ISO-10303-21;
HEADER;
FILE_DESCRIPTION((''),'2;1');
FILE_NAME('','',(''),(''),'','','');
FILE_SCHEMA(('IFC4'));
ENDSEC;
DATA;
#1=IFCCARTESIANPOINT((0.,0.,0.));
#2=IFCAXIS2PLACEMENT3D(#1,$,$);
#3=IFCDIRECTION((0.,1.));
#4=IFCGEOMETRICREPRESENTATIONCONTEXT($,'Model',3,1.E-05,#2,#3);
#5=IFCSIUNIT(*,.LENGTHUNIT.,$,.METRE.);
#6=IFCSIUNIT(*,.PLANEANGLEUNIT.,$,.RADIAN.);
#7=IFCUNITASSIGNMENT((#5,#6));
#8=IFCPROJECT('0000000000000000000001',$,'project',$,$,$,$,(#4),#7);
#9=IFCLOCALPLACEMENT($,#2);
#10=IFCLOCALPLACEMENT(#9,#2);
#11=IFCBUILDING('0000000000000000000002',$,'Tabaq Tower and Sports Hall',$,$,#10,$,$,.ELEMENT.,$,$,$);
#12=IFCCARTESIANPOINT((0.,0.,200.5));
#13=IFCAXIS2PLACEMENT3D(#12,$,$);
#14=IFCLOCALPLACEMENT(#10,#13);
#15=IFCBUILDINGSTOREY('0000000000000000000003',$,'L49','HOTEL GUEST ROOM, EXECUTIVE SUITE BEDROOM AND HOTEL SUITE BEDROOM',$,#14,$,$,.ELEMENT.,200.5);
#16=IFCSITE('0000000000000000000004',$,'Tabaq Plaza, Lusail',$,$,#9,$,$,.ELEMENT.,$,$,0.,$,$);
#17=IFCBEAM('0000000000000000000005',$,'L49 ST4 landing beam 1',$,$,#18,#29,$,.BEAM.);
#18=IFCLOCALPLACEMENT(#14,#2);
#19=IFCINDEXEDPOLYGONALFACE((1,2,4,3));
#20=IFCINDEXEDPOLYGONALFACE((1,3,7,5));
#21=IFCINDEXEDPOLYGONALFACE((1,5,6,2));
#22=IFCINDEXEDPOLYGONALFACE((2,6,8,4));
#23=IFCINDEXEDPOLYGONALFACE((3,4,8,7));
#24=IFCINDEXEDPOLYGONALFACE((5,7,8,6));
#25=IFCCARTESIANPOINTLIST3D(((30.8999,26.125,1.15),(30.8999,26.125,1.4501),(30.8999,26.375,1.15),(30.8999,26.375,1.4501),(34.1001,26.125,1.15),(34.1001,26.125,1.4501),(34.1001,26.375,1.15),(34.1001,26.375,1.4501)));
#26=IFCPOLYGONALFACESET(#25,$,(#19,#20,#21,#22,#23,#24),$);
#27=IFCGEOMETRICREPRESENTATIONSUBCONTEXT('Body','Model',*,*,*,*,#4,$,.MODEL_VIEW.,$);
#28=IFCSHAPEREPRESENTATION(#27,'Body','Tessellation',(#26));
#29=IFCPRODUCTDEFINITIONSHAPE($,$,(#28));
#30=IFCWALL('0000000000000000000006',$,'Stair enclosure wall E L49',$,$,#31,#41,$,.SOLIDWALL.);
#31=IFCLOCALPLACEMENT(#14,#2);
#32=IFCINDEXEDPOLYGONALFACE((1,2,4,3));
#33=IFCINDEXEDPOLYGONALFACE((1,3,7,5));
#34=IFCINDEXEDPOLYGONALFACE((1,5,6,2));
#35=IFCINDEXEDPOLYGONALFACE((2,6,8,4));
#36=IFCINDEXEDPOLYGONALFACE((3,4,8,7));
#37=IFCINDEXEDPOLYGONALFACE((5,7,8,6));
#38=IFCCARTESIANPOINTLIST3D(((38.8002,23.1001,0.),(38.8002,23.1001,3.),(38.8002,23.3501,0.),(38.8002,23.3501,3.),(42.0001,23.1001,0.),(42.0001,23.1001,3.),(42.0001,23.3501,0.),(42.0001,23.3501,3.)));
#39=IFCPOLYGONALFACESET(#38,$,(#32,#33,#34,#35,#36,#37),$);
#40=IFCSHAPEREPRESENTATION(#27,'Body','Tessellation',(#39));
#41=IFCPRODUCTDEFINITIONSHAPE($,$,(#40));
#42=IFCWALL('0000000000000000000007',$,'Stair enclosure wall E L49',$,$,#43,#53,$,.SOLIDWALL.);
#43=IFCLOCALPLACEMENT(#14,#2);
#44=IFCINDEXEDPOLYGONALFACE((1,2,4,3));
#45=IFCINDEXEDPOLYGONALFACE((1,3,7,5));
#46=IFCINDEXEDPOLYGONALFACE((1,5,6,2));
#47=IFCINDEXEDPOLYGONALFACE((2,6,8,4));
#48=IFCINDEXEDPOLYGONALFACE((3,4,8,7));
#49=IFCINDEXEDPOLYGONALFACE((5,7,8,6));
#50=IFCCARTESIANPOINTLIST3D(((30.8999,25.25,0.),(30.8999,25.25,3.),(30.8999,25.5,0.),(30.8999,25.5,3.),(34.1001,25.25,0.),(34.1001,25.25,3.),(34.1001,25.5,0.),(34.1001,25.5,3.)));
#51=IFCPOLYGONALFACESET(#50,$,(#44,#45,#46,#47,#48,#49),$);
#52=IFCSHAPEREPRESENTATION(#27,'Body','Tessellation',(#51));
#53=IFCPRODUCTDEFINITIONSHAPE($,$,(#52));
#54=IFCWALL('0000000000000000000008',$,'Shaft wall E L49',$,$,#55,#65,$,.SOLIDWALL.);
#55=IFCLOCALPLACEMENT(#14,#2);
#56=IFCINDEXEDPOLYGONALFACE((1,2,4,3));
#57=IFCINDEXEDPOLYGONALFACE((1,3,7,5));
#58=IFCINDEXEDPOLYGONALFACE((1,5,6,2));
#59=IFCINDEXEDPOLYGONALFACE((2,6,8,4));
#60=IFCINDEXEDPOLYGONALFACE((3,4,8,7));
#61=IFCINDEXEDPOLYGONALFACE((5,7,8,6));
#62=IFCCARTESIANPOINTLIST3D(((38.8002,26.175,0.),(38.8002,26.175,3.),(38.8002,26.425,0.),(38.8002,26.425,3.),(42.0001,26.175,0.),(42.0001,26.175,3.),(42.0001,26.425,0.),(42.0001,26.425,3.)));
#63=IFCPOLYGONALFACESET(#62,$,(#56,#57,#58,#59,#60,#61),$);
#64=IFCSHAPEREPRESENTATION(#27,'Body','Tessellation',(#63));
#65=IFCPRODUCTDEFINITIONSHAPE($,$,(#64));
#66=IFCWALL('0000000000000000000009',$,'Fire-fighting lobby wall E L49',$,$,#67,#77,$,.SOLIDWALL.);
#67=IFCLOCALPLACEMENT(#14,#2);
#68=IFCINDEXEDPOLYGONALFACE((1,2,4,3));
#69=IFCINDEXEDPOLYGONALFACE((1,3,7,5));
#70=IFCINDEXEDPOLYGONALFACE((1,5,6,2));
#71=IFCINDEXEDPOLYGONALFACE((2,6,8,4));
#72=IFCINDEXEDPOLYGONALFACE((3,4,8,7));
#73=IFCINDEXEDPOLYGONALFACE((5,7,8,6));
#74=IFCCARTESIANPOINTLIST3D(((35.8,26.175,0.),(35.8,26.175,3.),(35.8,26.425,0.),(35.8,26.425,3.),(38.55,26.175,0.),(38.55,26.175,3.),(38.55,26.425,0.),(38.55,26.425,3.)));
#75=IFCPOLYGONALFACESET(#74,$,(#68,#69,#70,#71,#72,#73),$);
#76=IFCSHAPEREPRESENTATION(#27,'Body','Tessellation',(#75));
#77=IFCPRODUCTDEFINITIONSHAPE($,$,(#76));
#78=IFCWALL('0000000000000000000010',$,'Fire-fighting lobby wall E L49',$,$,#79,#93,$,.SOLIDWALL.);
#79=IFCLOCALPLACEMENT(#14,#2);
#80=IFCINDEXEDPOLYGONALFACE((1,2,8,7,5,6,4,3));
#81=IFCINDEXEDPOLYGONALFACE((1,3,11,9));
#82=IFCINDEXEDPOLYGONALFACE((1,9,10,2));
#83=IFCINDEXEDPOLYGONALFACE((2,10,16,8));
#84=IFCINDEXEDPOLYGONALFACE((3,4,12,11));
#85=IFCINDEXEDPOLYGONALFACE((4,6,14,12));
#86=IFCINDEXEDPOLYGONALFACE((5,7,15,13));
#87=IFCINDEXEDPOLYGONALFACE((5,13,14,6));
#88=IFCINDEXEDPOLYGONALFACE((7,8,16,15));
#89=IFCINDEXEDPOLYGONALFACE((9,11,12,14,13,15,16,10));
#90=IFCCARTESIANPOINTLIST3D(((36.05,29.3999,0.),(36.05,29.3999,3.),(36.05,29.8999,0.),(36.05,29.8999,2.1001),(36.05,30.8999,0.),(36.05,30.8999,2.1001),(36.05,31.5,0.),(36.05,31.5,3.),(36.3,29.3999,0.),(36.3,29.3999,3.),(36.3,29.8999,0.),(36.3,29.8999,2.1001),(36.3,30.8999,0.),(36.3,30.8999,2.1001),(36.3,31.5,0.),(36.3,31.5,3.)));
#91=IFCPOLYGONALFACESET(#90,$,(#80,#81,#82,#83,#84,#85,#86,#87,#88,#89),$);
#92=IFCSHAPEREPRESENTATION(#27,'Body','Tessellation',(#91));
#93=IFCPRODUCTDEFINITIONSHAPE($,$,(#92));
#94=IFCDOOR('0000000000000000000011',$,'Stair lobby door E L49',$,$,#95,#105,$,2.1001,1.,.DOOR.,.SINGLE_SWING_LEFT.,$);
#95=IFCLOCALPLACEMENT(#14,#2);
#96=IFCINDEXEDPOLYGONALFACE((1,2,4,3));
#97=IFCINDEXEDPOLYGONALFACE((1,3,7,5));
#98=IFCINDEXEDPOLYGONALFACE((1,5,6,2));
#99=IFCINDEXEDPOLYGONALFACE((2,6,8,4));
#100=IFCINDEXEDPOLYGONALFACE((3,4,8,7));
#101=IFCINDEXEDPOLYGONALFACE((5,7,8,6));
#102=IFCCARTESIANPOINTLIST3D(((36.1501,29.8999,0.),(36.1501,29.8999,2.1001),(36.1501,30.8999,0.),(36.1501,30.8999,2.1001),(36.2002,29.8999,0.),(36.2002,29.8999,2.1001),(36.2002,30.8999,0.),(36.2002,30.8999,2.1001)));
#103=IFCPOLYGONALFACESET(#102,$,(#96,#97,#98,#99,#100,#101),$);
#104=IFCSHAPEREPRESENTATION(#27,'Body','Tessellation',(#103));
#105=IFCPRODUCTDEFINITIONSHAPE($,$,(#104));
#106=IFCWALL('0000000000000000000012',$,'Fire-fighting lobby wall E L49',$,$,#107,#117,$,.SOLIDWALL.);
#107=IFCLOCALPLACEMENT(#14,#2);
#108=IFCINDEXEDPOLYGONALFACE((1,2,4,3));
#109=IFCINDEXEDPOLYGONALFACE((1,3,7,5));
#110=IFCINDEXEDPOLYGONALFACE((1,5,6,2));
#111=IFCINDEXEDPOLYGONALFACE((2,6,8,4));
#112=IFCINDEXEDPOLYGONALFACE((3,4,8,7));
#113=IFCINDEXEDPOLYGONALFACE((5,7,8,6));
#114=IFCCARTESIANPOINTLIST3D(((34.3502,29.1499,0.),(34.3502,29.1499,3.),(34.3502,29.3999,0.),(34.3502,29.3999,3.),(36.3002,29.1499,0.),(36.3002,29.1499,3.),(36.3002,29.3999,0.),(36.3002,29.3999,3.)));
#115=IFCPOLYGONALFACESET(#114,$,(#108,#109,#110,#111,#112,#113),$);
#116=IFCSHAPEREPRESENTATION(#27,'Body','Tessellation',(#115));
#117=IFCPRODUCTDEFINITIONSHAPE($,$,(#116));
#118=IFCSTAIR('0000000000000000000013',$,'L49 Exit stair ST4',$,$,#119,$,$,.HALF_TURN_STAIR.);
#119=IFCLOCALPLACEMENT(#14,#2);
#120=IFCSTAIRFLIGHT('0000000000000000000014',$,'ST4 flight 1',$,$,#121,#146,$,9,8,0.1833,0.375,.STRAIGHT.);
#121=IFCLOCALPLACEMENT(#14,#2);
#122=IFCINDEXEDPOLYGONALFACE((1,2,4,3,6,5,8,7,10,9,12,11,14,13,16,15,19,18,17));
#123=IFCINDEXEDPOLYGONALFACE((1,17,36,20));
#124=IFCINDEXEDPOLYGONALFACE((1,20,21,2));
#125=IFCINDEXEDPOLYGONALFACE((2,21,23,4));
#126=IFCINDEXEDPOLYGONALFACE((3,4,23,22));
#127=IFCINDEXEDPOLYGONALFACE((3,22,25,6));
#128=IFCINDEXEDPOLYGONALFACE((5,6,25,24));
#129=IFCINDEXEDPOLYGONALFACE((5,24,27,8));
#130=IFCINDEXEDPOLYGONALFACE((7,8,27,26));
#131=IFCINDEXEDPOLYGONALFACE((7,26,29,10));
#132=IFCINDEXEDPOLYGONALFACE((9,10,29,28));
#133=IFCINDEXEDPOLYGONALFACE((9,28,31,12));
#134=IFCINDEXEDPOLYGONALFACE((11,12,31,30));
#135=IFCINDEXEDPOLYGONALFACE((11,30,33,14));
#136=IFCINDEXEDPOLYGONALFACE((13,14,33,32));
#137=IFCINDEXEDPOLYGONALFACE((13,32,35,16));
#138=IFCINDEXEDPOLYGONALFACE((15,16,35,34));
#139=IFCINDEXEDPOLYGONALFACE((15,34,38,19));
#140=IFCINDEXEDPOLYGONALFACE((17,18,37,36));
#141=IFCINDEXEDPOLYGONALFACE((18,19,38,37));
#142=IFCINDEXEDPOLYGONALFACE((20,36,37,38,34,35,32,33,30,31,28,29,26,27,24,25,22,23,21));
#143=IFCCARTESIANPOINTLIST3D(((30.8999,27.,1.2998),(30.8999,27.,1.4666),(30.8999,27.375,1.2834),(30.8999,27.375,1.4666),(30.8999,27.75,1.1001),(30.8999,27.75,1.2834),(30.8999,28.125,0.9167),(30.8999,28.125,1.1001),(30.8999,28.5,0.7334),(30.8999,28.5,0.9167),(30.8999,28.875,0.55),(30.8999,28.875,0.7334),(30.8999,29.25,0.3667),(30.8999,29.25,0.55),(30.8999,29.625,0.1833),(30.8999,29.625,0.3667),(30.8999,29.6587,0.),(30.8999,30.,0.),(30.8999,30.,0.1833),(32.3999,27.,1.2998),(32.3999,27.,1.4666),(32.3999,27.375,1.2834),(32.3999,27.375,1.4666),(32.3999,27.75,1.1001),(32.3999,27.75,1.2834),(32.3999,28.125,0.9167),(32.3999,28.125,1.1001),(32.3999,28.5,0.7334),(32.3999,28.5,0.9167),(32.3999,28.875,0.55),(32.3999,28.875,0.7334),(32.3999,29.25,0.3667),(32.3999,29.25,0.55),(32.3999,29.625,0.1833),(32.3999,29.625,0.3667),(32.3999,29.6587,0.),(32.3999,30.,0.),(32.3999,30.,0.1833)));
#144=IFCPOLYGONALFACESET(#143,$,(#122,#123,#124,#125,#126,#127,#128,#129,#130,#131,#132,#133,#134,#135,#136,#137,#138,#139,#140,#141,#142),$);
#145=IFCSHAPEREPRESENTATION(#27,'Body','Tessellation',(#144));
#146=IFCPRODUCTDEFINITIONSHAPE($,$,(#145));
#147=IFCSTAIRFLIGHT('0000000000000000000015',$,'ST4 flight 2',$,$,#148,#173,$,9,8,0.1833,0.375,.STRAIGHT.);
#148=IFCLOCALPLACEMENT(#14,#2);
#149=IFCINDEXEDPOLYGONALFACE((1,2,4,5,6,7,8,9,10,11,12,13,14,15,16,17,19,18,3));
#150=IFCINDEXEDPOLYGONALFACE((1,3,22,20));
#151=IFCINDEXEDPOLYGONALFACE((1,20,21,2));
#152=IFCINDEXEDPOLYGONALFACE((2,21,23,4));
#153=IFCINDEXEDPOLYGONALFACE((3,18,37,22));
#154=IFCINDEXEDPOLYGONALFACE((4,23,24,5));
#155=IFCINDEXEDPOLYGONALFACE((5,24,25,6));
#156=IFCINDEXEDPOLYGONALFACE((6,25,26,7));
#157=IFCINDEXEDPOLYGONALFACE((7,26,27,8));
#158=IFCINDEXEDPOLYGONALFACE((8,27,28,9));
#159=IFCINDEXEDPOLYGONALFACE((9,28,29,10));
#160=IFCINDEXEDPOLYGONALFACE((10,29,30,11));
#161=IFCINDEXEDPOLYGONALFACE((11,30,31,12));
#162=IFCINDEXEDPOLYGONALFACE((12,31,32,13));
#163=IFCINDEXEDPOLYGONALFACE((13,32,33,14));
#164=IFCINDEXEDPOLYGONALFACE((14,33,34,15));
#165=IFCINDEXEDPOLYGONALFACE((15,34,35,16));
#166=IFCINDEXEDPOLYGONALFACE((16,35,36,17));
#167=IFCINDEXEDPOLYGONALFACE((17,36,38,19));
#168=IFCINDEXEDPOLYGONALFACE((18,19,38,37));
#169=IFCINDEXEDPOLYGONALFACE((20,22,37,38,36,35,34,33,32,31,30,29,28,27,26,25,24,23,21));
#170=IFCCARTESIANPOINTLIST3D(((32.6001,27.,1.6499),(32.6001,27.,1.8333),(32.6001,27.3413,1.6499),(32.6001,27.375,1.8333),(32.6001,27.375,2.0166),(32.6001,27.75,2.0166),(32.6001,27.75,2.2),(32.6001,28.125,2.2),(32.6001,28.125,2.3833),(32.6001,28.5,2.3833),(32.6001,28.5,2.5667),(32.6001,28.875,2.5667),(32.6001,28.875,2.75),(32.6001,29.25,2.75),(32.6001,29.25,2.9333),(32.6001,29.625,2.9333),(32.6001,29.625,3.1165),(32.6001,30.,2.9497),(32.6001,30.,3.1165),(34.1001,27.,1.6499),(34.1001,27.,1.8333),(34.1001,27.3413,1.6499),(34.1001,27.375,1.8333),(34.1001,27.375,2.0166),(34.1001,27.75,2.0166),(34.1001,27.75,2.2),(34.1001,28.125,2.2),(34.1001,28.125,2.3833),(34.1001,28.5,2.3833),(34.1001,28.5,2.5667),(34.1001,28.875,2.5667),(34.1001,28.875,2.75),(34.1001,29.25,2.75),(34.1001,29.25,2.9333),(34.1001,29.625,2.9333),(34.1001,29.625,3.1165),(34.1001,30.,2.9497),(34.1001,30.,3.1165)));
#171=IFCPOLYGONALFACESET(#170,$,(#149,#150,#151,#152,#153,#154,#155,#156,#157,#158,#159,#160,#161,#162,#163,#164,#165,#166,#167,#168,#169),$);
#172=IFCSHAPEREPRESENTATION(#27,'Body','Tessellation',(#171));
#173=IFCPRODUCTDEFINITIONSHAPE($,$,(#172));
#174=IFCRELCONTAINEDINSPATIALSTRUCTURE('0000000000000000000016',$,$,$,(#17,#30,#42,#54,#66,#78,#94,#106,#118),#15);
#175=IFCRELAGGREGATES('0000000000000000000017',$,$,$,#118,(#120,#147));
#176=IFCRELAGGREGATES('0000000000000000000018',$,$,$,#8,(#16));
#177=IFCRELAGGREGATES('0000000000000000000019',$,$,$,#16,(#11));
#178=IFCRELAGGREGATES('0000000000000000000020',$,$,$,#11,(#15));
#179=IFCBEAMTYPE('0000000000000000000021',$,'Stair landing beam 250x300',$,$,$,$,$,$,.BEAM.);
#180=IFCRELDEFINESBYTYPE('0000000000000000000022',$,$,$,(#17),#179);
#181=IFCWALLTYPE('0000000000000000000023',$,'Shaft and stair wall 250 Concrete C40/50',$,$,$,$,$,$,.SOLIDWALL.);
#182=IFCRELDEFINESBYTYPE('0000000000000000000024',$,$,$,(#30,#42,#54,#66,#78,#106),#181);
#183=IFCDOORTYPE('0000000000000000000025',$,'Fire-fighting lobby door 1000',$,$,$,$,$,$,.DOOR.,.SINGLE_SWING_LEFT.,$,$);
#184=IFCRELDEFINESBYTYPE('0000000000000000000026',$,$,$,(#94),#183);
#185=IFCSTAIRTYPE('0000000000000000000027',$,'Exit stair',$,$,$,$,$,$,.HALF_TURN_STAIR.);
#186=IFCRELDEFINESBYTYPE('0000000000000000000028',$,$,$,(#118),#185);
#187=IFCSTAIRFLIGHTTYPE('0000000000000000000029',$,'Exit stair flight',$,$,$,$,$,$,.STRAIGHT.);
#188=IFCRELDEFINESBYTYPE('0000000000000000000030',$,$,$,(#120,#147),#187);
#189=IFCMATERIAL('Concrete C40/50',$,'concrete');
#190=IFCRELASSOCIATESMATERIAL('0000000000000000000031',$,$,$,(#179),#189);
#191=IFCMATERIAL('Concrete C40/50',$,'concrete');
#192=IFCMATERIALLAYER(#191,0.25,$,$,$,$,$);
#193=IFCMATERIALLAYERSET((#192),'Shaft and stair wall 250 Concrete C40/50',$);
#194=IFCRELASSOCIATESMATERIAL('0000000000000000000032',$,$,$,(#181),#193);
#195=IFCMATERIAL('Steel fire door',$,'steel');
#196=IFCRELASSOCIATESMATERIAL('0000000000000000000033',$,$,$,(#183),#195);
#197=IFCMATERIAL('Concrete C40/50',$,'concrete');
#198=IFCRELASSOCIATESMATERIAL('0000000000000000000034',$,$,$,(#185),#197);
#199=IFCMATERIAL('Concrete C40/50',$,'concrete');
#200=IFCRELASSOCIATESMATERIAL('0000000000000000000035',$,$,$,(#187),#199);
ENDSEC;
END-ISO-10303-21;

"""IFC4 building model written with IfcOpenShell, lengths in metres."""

from ifc_helpers import new_model, si_unit, direction, frame, frame_2d, origin, origin_2d, place, context, subcontext, project, spatial, polyline, rectangle, outline, extrude, material, layer, layer_set, material_profile, profile_set, type_object, element, fill, aggregate, save


model = new_model("IFC4")

# Units and contexts
model_context = context("Model", 3, precision=1e-05, world=origin(), true_north=direction((0.0, 1.0)))
body_context = subcontext(model_context, "Body", "Model", "MODEL_VIEW")
ifc_project = project(units=[si_unit("LENGTHUNIT", "METRE"), si_unit("PLANEANGLEUNIT", "RADIAN")], contexts=[model_context])

# Site, building, storey
site_placement = place(None, origin())
site = spatial("IfcSite", under=ifc_project, at=site_placement, Name="Tabaq Plaza, Lusail", CompositionType="ELEMENT", RefElevation=0.0)
building_placement = place(site_placement, origin())
building = spatial("IfcBuilding", under=site, at=building_placement, Name="Tabaq Tower and Sports Hall", CompositionType="ELEMENT")
storey_placement = place(building_placement, frame((0.0, 0.0, 200.5)))
storey = spatial("IfcBuildingStorey", under=building, at=storey_placement, Name="L49", Description="HOTEL GUEST ROOM, EXECUTIVE SUITE BEDROOM AND HOTEL SUITE BEDROOM", CompositionType="ELEMENT", Elevation=200.5)

# Beam
ifc_material_1 = material(Name="Concrete C40/50", Category="concrete")
ifc_material_profile = material_profile(ifc_material_1, rectangle(XDim=0.25, YDim=0.3, at=origin_2d()), Name="RC 250x300")
ifc_profile_set = profile_set([ifc_material_profile], Name="Concrete C40/50")
beam_type = type_object("IfcBeamType", Name="Stair landing beam 250x300", PredefinedType="BEAM", material=ifc_profile_set)
beam_placement = place(storey_placement, frame((30.8999, 26.25, 1.3), z_axis=(1.0, 0.0, 0.0), x_axis=(0.0, 1.0, 0.0)))
element("IfcBeam", 1, at=beam_placement, inside=storey, type_object=beam_type, Name="L49 ST4 landing beam 1", PredefinedType="BEAM", context=body_context, shape_type="SweptSolid", body=[
    extrude(rectangle(XDim=0.25, YDim=0.3, at=origin_2d()), origin(), (0.0, 0.0, 1.0), 3.2002),
])

# Walls
ifc_material_2 = material(Name="Concrete C40/50", Category="concrete")
ifc_layer = layer(ifc_material_2, 0.25)
ifc_layer_set = layer_set([ifc_layer], Name="Shaft and stair wall 250 Concrete C40/50")
wall_type = type_object("IfcWallType", Name="Shaft and stair wall 250 Concrete C40/50", PredefinedType="SOLIDWALL", material=ifc_layer_set)
wall_1_placement = place(storey_placement, frame((38.8, 23.2251, 0.0), z_axis=(0.0, 0.0, 1.0), x_axis=(1.0, 0.0, 0.0)))
element("IfcWall", 2, at=wall_1_placement, inside=storey, type_object=wall_type, Name="Stair enclosure wall E L49", PredefinedType="SOLIDWALL", context=body_context, shape_type="SweptSolid", body=[
    extrude(rectangle(XDim=3.2, YDim=0.25, at=frame_2d((1.6001, 0.0))), origin(), (0.0, 0.0, 1.0), 3.0),
])
wall_2_placement = place(storey_placement, frame((30.8999, 25.375, 0.0), z_axis=(0.0, 0.0, 1.0), x_axis=(1.0, 0.0, 0.0)))
element("IfcWall", 3, at=wall_2_placement, inside=storey, type_object=wall_type, Name="Stair enclosure wall E L49", PredefinedType="SOLIDWALL", context=body_context, shape_type="SweptSolid", body=[
    extrude(rectangle(XDim=3.2002, YDim=0.25, at=frame_2d((1.6001, 0.0))), origin(), (0.0, 0.0, 1.0), 3.0),
])
wall_3_placement = place(storey_placement, frame((38.8, 26.3, 0.0), z_axis=(0.0, 0.0, 1.0), x_axis=(1.0, 0.0, 0.0)))
element("IfcWall", 4, at=wall_3_placement, inside=storey, type_object=wall_type, Name="Shaft wall E L49", PredefinedType="SOLIDWALL", context=body_context, shape_type="SweptSolid", body=[
    extrude(rectangle(XDim=3.2, YDim=0.25, at=frame_2d((1.6001, 0.0))), origin(), (0.0, 0.0, 1.0), 3.0),
])
wall_4_placement = place(storey_placement, frame((35.8, 26.3, 0.0), z_axis=(0.0, 0.0, 1.0), x_axis=(1.0, 0.0, 0.0)))
element("IfcWall", 5, at=wall_4_placement, inside=storey, type_object=wall_type, Name="Fire-fighting lobby wall E L49", PredefinedType="SOLIDWALL", context=body_context, shape_type="SweptSolid", body=[
    extrude(rectangle(XDim=2.75, YDim=0.25, at=frame_2d((1.375, 0.0))), origin(), (0.0, 0.0, 1.0), 3.0),
])

# Wall, opening, door
wall_5_placement = place(storey_placement, frame((36.175, 29.3999, 0.0), z_axis=(0.0, 0.0, 1.0), x_axis=(0.0, 1.0, 0.0)))
wall_5 = element("IfcWall", 6, at=wall_5_placement, inside=storey, type_object=wall_type, Name="Fire-fighting lobby wall E L49", PredefinedType="SOLIDWALL", context=body_context, shape_type="SweptSolid", body=[
    extrude(rectangle(XDim=2.1001, YDim=0.25, at=frame_2d((1.05, 0.0))), origin(), (0.0, 0.0, 1.0), 3.0),
])
opening_placement = place(wall_5_placement, frame((0.5, 0.0, 0.0)))
opening = element("IfcOpeningElement", 7, at=opening_placement, cuts=wall_5, PredefinedType="OPENING", context=body_context, shape_type="SweptSolid", body=[
    extrude(rectangle(XDim=1.0, YDim=2.1001, at=frame_2d((0.5, 1.05))), frame((0.0, 0.125, 0.0), z_axis=(0.0, -1.0, 0.0), x_axis=(1.0, 0.0, 0.0)), (0.0, 0.0, 1.0), 0.25),
])
ifc_material_3 = material(Name="Steel fire door", Category="steel")
door_type = type_object("IfcDoorType", Name="Fire-fighting lobby door 1000", OperationType="SINGLE_SWING_LEFT", PredefinedType="DOOR", material=ifc_material_3)
door_placement = place(opening_placement, origin())
door = element("IfcDoor", 8, at=door_placement, inside=storey, type_object=door_type, Name="Stair lobby door E L49", OperationType="SINGLE_SWING_LEFT", OverallHeight=2.1001, OverallWidth=1.0, PredefinedType="DOOR", context=body_context, shape_type="SweptSolid", body=[
    extrude(rectangle(XDim=1.0, YDim=2.1001, at=frame_2d((0.5, 1.05))), frame((0.0, 0.0249, 0.0), z_axis=(0.0, -1.0, 0.0), x_axis=(1.0, 0.0, 0.0)), (0.0, 0.0, 1.0), 0.05),
])
fill(opening, door)

# Wall
wall_6_placement = place(storey_placement, frame((34.3501, 29.2749, 0.0), z_axis=(0.0, 0.0, 1.0), x_axis=(1.0, 0.0, 0.0)))
element("IfcWall", 9, at=wall_6_placement, inside=storey, type_object=wall_type, Name="Fire-fighting lobby wall E L49", PredefinedType="SOLIDWALL", context=body_context, shape_type="SweptSolid", body=[
    extrude(rectangle(XDim=1.95, YDim=0.25, at=frame_2d((0.9751, 0.0))), origin(), (0.0, 0.0, 1.0), 3.0),
])

# Stair, stair flights
ifc_material_4 = material(Name="Concrete C40/50", Category="concrete")
stair_type = type_object("IfcStairType", Name="Exit stair", PredefinedType="HALF_TURN_STAIR", material=ifc_material_4)
stair_placement = place(storey_placement, origin())
stair = element("IfcStair", 10, at=stair_placement, inside=storey, type_object=stair_type, Name="L49 Exit stair ST4", PredefinedType="HALF_TURN_STAIR")
ifc_material_5 = material(Name="Concrete C40/50", Category="concrete")
stair_flight_type = type_object("IfcStairFlightType", Name="Exit stair flight", PredefinedType="STRAIGHT", material=ifc_material_5)
stair_flight_1_placement = place(storey_placement, frame((31.6499, 30.0, 0.0), z_axis=(0.0, 0.0, 1.0), x_axis=(0.0, -1.0, 0.0)))
stair_flight_1 = element("IfcStairFlight", 11, at=stair_flight_1_placement, type_object=stair_flight_type, Name="ST4 flight 1", NumberOfRisers=9, NumberOfTreads=8, PredefinedType="STRAIGHT", RiserHeight=0.1833, TreadLength=0.375, context=body_context, shape_type="SweptSolid", body=[
    extrude(outline(polyline([(0.0, 0.0), (0.0, 0.1833), (0.375, 0.1833), (0.375, 0.3667), (0.75, 0.3667), (0.75, 0.55), (1.125, 0.55), (1.125, 0.7334), (1.5, 0.7334), (1.5, 0.9167), (1.875, 0.9167), (1.875, 1.1001), (2.25, 1.1001), (2.25, 1.2834), (2.625, 1.2834), (2.625, 1.4666), (3.0, 1.4666), (3.0, 1.6499), (3.0, 1.2998), (0.3413, 0.0), (0.0, 0.0)])), frame((0.0, 0.75, 0.0), z_axis=(0.0, -1.0, 0.0), x_axis=(1.0, 0.0, 0.0)), (0.0, 0.0, 1.0), 1.5),
])
stair_flight_2_placement = place(storey_placement, frame((33.3501, 27.0, 1.6499), z_axis=(0.0, 0.0, 1.0), x_axis=(0.0, 1.0, 0.0)))
stair_flight_2 = element("IfcStairFlight", 12, at=stair_flight_2_placement, type_object=stair_flight_type, Name="ST4 flight 2", NumberOfRisers=9, NumberOfTreads=8, PredefinedType="STRAIGHT", RiserHeight=0.1833, TreadLength=0.375, context=body_context, shape_type="SweptSolid", body=[
    extrude(outline(polyline([(0.0, 0.0), (0.0, 0.1833), (0.375, 0.1833), (0.375, 0.3667), (0.75, 0.3667), (0.75, 0.55), (1.125, 0.55), (1.125, 0.7334), (1.5, 0.7334), (1.5, 0.9167), (1.875, 0.9167), (1.875, 1.1001), (2.25, 1.1001), (2.25, 1.2834), (2.625, 1.2834), (2.625, 1.4666), (3.0, 1.4666), (3.0, 1.6499), (3.0, 1.2998), (0.3413, 0.0), (0.0, 0.0)])), frame((0.0, 0.75, 0.0), z_axis=(0.0, -1.0, 0.0), x_axis=(1.0, 0.0, 0.0)), (0.0, 0.0, 1.0), 1.5),
])
aggregate(stair, [stair_flight_1, stair_flight_2])

save(model, "model.ifc")
